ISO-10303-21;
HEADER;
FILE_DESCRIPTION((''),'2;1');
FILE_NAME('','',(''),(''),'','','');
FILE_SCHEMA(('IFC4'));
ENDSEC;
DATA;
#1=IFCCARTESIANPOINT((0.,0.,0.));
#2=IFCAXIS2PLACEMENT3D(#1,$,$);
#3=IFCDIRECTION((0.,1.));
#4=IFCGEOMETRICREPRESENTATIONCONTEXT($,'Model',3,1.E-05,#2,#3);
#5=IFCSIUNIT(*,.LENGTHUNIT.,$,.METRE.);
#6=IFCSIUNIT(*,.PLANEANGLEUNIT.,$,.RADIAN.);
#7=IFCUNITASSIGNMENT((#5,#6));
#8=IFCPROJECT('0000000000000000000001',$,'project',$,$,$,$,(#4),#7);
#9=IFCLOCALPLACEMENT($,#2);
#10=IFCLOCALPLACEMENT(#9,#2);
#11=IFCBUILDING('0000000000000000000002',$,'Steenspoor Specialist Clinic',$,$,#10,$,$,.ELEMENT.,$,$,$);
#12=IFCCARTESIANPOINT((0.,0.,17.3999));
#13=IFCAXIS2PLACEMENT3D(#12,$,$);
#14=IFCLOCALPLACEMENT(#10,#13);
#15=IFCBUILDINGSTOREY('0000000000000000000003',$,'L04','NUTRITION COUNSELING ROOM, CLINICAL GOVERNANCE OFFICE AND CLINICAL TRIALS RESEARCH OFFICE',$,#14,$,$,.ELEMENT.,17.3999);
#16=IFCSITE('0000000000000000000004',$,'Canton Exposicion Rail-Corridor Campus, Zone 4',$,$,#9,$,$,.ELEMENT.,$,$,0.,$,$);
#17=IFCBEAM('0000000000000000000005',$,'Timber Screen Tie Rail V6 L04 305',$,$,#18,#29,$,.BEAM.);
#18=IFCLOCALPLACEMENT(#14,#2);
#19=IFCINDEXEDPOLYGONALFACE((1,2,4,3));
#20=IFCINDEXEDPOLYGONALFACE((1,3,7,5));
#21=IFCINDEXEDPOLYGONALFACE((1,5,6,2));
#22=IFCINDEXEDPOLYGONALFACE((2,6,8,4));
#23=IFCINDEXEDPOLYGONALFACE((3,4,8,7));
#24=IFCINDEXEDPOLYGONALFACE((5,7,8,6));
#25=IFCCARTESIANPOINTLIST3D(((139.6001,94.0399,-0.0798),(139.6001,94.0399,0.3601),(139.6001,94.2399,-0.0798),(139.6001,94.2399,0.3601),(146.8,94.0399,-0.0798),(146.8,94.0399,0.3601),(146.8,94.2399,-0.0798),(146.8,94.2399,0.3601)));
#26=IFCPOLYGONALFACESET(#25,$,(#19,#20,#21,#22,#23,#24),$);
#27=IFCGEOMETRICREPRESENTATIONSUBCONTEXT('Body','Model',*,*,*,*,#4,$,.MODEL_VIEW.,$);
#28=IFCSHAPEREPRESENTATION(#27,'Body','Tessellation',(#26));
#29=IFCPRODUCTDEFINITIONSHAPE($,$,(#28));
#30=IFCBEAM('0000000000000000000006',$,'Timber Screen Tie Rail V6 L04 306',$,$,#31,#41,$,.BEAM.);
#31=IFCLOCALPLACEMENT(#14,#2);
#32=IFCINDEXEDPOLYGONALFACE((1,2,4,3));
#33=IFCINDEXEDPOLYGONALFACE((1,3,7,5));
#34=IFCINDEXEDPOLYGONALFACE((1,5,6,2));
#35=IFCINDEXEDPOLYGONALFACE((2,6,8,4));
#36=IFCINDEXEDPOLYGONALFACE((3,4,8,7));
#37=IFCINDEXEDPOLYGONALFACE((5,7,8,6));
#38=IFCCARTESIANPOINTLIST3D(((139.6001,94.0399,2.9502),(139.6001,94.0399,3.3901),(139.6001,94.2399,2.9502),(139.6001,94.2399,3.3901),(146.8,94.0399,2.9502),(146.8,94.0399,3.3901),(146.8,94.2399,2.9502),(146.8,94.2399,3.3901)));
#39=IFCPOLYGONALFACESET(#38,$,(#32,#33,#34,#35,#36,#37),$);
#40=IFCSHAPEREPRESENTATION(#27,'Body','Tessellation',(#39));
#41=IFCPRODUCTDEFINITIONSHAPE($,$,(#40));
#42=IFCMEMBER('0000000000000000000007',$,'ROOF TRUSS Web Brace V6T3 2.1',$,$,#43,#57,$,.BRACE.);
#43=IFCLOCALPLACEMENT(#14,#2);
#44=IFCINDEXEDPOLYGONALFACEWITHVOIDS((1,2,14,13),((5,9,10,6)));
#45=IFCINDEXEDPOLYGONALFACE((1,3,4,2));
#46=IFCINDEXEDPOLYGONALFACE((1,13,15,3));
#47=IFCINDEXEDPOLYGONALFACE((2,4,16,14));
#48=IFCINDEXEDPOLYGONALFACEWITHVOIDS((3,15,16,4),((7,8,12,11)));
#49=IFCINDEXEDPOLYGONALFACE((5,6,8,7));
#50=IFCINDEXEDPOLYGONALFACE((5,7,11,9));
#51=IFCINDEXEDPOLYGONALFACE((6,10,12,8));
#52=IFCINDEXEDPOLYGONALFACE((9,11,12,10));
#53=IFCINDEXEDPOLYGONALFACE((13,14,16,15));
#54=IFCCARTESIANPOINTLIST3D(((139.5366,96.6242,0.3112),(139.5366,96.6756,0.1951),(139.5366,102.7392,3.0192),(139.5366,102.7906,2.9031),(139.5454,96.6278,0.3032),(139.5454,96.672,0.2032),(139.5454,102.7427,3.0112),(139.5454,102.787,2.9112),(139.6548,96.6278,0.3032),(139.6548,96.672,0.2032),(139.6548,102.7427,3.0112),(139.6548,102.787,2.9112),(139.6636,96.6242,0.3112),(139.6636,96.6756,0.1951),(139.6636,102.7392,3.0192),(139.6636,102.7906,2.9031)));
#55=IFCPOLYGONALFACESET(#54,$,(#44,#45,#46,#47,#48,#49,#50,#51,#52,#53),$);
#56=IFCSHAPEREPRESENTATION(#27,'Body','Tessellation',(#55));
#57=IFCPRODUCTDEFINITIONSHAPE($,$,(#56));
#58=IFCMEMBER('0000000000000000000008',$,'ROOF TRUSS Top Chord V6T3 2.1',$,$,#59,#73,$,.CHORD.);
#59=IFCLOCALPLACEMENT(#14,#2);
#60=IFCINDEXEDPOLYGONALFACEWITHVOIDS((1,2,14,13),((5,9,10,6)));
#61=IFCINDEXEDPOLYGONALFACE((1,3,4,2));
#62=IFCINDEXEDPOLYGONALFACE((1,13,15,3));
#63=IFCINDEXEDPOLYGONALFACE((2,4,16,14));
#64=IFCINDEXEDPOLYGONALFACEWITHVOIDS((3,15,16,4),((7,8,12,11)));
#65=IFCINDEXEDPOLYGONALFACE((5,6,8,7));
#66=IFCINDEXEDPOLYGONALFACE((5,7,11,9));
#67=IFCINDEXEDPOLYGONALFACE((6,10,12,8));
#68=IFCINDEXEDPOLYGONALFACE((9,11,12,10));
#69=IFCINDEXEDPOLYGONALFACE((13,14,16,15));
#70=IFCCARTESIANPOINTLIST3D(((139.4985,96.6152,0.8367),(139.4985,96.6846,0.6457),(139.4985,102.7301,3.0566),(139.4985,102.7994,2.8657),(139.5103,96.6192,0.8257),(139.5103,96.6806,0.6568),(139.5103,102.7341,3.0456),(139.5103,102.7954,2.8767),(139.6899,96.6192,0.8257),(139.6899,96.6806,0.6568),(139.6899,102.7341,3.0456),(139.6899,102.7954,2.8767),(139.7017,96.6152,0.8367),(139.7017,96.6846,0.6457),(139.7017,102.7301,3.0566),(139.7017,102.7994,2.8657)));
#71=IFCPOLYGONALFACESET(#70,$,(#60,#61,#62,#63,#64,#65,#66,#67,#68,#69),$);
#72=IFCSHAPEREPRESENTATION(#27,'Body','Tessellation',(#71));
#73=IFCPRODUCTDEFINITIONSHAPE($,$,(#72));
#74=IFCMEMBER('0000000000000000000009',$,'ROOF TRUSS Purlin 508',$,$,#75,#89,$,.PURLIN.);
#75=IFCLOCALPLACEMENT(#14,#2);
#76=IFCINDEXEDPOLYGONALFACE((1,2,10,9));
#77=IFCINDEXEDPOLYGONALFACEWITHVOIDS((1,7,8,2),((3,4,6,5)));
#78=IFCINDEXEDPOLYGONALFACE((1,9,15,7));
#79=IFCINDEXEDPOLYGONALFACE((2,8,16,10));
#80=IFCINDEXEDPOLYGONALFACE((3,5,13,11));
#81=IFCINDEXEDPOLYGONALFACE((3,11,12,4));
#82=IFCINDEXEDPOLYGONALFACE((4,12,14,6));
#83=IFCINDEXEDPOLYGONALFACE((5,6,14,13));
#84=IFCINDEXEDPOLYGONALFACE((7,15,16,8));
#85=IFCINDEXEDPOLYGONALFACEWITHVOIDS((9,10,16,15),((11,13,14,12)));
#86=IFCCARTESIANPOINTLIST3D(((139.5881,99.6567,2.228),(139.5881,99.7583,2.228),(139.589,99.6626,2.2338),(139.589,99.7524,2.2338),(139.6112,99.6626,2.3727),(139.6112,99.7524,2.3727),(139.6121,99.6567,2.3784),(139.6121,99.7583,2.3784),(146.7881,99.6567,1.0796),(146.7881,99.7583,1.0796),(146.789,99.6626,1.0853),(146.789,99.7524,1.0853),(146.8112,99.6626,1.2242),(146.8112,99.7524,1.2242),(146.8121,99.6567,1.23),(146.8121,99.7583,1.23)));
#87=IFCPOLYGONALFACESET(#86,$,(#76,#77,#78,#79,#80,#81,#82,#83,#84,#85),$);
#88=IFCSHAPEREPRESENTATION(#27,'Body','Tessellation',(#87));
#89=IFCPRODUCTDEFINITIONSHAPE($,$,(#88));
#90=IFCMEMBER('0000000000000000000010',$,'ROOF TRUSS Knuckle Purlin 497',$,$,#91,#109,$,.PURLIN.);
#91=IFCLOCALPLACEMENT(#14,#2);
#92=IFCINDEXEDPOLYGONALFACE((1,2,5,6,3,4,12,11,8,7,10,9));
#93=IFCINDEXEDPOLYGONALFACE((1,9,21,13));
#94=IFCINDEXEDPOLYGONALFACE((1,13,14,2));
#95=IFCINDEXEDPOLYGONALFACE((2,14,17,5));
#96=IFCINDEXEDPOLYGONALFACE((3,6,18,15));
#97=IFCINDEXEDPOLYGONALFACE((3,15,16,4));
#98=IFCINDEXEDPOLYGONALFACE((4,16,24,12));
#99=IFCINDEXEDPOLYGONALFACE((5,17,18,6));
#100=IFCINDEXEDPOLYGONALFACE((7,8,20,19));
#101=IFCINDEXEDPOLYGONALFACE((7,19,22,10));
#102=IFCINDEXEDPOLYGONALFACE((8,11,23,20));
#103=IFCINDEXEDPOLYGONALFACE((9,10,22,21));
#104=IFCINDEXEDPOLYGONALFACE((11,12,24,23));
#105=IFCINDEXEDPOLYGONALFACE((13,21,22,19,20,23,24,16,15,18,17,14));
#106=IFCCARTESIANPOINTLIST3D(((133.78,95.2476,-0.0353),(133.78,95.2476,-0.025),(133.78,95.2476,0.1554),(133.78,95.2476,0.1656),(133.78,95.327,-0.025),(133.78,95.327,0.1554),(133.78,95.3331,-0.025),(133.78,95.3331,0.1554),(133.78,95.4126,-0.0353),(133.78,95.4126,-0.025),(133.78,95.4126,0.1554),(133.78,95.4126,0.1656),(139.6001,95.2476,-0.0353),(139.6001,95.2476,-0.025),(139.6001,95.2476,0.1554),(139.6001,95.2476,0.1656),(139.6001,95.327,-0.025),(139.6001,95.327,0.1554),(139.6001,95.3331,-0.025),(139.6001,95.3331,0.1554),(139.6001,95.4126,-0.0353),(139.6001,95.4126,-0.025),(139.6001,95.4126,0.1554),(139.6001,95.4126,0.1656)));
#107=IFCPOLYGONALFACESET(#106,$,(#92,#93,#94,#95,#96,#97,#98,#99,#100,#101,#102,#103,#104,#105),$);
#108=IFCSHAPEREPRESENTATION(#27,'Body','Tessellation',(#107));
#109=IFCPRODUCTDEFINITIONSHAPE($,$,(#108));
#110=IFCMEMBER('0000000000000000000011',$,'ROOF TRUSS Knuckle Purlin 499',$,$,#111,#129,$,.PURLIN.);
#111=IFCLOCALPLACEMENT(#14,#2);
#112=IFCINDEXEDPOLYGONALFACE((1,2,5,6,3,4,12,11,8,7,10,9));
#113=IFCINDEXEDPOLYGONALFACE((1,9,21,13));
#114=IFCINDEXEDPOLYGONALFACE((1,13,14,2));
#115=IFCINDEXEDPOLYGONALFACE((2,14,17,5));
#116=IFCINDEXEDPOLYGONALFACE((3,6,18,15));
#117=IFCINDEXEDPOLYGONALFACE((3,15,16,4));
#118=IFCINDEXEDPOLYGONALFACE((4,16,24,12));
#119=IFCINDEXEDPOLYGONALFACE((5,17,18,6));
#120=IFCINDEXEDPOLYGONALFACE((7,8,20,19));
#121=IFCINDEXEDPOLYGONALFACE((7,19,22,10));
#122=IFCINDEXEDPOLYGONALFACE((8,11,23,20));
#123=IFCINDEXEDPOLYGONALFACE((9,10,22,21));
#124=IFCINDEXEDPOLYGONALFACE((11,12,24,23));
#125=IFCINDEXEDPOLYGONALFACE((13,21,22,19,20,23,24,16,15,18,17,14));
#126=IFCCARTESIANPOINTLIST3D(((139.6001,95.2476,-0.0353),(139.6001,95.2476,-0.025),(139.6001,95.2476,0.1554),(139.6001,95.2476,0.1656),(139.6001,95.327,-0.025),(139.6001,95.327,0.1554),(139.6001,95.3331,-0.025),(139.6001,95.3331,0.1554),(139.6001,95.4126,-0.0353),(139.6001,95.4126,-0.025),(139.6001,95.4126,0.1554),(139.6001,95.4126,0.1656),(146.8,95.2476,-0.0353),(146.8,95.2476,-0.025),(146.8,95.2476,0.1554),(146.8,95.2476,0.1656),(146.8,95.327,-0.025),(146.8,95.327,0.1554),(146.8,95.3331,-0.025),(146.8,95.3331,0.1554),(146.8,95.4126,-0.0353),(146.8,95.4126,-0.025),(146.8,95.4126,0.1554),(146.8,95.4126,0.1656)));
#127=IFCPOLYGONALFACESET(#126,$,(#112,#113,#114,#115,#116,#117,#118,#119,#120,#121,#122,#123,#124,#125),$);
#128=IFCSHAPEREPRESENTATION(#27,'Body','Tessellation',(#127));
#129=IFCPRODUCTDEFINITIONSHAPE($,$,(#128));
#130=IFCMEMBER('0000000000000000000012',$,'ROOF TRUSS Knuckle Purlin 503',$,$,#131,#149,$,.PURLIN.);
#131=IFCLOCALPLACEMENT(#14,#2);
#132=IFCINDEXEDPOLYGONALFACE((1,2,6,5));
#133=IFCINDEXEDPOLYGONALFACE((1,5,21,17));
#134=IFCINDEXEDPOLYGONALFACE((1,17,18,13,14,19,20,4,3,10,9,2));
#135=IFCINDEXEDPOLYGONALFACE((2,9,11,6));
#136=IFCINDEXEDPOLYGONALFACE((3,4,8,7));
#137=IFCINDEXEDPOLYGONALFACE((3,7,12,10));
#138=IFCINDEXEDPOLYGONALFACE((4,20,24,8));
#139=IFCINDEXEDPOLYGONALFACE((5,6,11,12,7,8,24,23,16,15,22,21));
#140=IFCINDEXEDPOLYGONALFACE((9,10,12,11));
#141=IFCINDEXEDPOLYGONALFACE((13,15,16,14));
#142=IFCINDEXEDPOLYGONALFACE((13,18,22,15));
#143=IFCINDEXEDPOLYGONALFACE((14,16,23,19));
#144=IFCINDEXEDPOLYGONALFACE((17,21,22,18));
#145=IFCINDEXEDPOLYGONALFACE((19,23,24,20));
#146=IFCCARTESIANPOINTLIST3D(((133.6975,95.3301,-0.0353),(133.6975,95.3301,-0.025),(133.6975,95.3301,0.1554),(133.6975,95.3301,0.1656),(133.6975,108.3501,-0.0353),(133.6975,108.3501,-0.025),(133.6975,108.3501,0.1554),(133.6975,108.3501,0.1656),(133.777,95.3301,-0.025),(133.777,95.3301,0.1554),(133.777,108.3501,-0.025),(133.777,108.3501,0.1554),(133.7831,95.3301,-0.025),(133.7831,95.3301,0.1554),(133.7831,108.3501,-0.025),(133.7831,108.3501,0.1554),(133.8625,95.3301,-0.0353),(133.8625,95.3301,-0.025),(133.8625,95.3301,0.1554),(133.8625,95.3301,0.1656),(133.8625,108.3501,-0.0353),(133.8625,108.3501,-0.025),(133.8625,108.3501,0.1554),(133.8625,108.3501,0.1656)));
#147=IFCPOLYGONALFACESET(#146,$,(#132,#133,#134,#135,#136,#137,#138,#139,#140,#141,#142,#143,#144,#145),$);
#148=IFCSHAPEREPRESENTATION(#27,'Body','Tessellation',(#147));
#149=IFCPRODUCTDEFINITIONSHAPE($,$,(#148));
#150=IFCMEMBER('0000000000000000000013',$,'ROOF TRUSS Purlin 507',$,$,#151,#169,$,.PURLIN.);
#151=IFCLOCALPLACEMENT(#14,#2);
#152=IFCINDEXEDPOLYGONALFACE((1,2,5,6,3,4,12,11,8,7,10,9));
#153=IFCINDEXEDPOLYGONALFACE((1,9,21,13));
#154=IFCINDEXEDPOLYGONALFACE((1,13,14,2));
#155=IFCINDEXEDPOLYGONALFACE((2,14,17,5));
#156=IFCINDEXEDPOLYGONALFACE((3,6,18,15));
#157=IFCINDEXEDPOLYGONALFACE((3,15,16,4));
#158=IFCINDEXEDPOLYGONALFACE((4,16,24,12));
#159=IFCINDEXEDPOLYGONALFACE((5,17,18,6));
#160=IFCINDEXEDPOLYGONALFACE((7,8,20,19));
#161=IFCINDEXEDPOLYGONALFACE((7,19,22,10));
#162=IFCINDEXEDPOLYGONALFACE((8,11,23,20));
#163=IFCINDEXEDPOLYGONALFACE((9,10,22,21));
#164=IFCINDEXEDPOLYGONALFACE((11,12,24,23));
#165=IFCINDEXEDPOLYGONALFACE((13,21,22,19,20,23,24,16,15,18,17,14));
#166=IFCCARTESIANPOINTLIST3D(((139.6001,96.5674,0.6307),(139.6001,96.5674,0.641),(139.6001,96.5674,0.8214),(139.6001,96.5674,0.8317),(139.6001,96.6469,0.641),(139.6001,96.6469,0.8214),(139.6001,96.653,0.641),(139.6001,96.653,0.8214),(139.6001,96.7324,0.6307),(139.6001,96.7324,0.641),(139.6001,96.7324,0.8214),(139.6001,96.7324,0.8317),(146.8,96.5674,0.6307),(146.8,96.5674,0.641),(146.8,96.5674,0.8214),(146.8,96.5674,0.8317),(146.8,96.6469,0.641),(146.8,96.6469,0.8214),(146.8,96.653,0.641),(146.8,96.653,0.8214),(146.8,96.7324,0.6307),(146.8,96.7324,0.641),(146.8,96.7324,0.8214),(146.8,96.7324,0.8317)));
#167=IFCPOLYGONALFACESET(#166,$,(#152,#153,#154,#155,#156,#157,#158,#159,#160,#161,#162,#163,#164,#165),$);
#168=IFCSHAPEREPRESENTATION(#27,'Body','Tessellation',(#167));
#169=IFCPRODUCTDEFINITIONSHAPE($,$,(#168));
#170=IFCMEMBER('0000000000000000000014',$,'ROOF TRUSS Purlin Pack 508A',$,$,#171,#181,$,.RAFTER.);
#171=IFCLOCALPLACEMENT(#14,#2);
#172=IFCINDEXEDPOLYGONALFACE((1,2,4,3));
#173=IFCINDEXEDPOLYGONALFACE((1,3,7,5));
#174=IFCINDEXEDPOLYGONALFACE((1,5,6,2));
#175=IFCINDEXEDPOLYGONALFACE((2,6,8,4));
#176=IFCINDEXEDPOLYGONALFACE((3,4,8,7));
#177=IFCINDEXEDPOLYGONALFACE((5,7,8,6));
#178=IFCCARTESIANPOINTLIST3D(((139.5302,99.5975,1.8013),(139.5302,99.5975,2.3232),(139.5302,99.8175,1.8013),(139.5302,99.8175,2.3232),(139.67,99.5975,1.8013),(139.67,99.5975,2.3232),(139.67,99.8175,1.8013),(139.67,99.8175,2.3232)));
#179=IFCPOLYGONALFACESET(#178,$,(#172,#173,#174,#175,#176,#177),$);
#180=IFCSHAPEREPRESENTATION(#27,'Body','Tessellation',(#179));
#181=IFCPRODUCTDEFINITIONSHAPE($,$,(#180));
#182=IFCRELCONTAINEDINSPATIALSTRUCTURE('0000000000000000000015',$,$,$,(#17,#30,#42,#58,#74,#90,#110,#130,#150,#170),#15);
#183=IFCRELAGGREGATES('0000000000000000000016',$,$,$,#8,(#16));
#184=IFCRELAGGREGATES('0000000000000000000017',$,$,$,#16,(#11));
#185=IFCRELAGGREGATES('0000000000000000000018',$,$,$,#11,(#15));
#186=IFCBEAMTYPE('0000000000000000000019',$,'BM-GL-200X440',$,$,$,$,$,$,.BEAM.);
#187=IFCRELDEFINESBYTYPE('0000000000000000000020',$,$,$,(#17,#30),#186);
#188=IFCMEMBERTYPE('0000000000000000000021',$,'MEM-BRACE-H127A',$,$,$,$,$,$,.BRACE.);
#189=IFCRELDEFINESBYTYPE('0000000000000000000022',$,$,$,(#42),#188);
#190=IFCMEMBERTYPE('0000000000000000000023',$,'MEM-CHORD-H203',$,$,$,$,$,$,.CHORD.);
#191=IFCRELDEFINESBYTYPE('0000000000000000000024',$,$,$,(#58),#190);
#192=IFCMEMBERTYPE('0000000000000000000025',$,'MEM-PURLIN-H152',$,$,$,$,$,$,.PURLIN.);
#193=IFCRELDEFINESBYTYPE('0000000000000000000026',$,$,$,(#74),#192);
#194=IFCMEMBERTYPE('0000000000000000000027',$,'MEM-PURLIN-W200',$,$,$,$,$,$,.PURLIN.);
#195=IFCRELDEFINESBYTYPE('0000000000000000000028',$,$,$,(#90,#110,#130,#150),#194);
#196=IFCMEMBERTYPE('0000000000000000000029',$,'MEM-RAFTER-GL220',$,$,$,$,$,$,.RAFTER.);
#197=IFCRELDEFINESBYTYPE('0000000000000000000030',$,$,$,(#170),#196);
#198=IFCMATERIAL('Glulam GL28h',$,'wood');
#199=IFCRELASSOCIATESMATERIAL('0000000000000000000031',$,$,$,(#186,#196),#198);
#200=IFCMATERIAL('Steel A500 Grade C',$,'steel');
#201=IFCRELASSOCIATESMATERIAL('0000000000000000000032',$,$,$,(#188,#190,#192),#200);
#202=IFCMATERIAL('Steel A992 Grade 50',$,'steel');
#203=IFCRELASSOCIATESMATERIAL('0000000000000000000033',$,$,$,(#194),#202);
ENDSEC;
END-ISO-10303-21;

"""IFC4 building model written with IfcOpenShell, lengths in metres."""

from ifc_helpers import new_model, si_unit, direction, frame, origin, origin_2d, place, context, subcontext, project, spatial, rectangle, hollow_rectangle, i_section, extrude, material, material_profile, profile_set, type_object, element, save


model = new_model("IFC4")

# Units and contexts
model_context = context("Model", 3, precision=1e-05, world=origin(), true_north=direction((0.0, 1.0)))
body_context = subcontext(model_context, "Body", "Model", "MODEL_VIEW")
ifc_project = project(units=[si_unit("LENGTHUNIT", "METRE"), si_unit("PLANEANGLEUNIT", "RADIAN")], contexts=[model_context])

# Site, building, storey
site_placement = place(None, origin())
site = spatial("IfcSite", under=ifc_project, at=site_placement, Name="Canton Exposicion Rail-Corridor Campus, Zone 4", CompositionType="ELEMENT", RefElevation=0.0)
building_placement = place(site_placement, origin())
building = spatial("IfcBuilding", under=site, at=building_placement, Name="Steenspoor Specialist Clinic", CompositionType="ELEMENT")
storey_placement = place(building_placement, frame((0.0, 0.0, 17.3999)))
storey = spatial("IfcBuildingStorey", under=building, at=storey_placement, Name="L04", Description="NUTRITION COUNSELING ROOM, CLINICAL GOVERNANCE OFFICE AND CLINICAL TRIALS RESEARCH OFFICE", CompositionType="ELEMENT", Elevation=17.3999)

# Beams
ifc_material_1 = material(Name="Glulam GL28h", Category="wood")
ifc_material_profile_1 = material_profile(ifc_material_1, rectangle(XDim=0.2, YDim=0.4399, at=origin_2d()), Name="GL28H-200X440")
ifc_profile_set_1 = profile_set([ifc_material_profile_1], Name="Glulam GL28h")
beam_type = type_object("IfcBeamType", Name="BM-GL-200X440", PredefinedType="BEAM", material=ifc_profile_set_1)
for number, where, z_axis, x_axis, name in (
    (1, (139.6001, 94.1399, 0.1401), (1.0, 0.0, 0.0), (0.0, 1.0, 0.0), "Timber Screen Tie Rail V6 L04 305"),
    (2, (139.6001, 94.1399, 3.1702), (1.0, 0.0, 0.0), (0.0, 1.0, 0.0), "Timber Screen Tie Rail V6 L04 306"),
):
    element("IfcBeam", number, at=place(storey_placement, frame(where, z_axis=z_axis, x_axis=x_axis)), inside=storey, type_object=beam_type, Name=name, PredefinedType="BEAM", context=body_context, shape_type="SweptSolid", body=[
        extrude(rectangle(XDim=0.2, YDim=0.4399, at=origin_2d()), origin(), (0.0, 0.0, 1.0), 7.2),
    ])

# Members
ifc_material_2 = material(Name="Steel A500 Grade C", Category="steel")
ifc_material_profile_2 = material_profile(ifc_material_2, hollow_rectangle(XDim=0.127, YDim=0.127, WallThickness=0.0088, at=origin_2d()), Name="HSS127X127X9.5")
ifc_profile_set_2 = profile_set([ifc_material_profile_2], Name="Steel A500 Grade C")
member_type_1 = type_object("IfcMemberType", Name="MEM-BRACE-H127A", PredefinedType="BRACE", material=ifc_profile_set_2)
member_1_placement = place(storey_placement, frame((139.6001, 96.6499, 0.2532), z_axis=(0.0, 0.914353, 0.404919), x_axis=(-1.0, 0.0, 0.0)))
element("IfcMember", 3, at=member_1_placement, inside=storey, type_object=member_type_1, Name="ROOF TRUSS Web Brace V6T3 2.1", PredefinedType="BRACE", context=body_context, shape_type="SweptSolid", body=[
    extrude(hollow_rectangle(XDim=0.127, YDim=0.127, WallThickness=0.0088, at=origin_2d()), origin(), (0.0, 0.0, 1.0), 6.6877),
])
ifc_material_profile_3 = material_profile(ifc_material_2, hollow_rectangle(XDim=0.2031, YDim=0.2031, WallThickness=0.0117, at=origin_2d()), Name="HSS203X203X12.7")
ifc_profile_set_3 = profile_set([ifc_material_profile_3], Name="Steel A500 Grade C")
member_type_2 = type_object("IfcMemberType", Name="MEM-CHORD-H203", PredefinedType="CHORD", material=ifc_profile_set_3)
member_2_placement = place(storey_placement, frame((139.6001, 96.6499, 0.7412), z_axis=(0.0, 0.939974, 0.341246), x_axis=(-1.0, 0.0, 0.0)))
element("IfcMember", 4, at=member_2_placement, inside=storey, type_object=member_type_2, Name="ROOF TRUSS Top Chord V6T3 2.1", PredefinedType="CHORD", context=body_context, shape_type="SweptSolid", body=[
    extrude(hollow_rectangle(XDim=0.2031, YDim=0.2031, WallThickness=0.0117, at=origin_2d()), origin(), (0.0, 0.0, 1.0), 6.5054),
])
ifc_material_profile_4 = material_profile(ifc_material_2, hollow_rectangle(XDim=0.1016, YDim=0.1523, WallThickness=0.0059, at=origin_2d()), Name="HSS152X102X6.4")
ifc_profile_set_4 = profile_set([ifc_material_profile_4], Name="Steel A500 Grade C")
member_type_3 = type_object("IfcMemberType", Name="MEM-PURLIN-H152", PredefinedType="PURLIN", material=ifc_profile_set_4)
member_3_placement = place(storey_placement, frame((139.6001, 99.7075, 2.3032), z_axis=(0.987517, 0.0, -0.157515), x_axis=(0.0, 1.0, 0.0)))
element("IfcMember", 5, at=member_3_placement, inside=storey, type_object=member_type_3, Name="ROOF TRUSS Purlin 508", PredefinedType="PURLIN", context=body_context, shape_type="SweptSolid", body=[
    extrude(hollow_rectangle(XDim=0.1016, YDim=0.1523, WallThickness=0.0059, at=origin_2d()), origin(), (0.0, 0.0, 1.0), 7.291),
])
ifc_material_3 = material(Name="Steel A992 Grade 50", Category="steel")
ifc_material_profile_5 = material_profile(ifc_material_3, i_section(OverallWidth=0.165, OverallDepth=0.2009, WebThickness=0.0061, FlangeThickness=0.0103, at=origin_2d()), Name="W200X36")
ifc_profile_set_5 = profile_set([ifc_material_profile_5], Name="Steel A992 Grade 50")
member_type_4 = type_object("IfcMemberType", Name="MEM-PURLIN-W200", PredefinedType="PURLIN", material=ifc_profile_set_5)
member_4_placement = place(storey_placement, frame((133.78, 95.3301, 0.0652), z_axis=(1.0, 0.0, 0.0), x_axis=(0.0, 1.0, 0.0)))
element("IfcMember", 6, at=member_4_placement, inside=storey, type_object=member_type_4, Name="ROOF TRUSS Knuckle Purlin 497", PredefinedType="PURLIN", context=body_context, shape_type="SweptSolid", body=[
    extrude(i_section(OverallWidth=0.165, OverallDepth=0.2009, WebThickness=0.0061, FlangeThickness=0.0103, at=origin_2d()), origin(), (0.0, 0.0, 1.0), 5.8201),
])
member_5_placement = place(storey_placement, frame((139.6001, 95.3301, 0.0652), z_axis=(1.0, 0.0, 0.0), x_axis=(0.0, 1.0, 0.0)))
element("IfcMember", 7, at=member_5_placement, inside=storey, type_object=member_type_4, Name="ROOF TRUSS Knuckle Purlin 499", PredefinedType="PURLIN", context=body_context, shape_type="SweptSolid", body=[
    extrude(i_section(OverallWidth=0.165, OverallDepth=0.2009, WebThickness=0.0061, FlangeThickness=0.0103, at=origin_2d()), origin(), (0.0, 0.0, 1.0), 7.2),
])
member_6_placement = place(storey_placement, frame((133.78, 95.3301, 0.0652), z_axis=(0.0, 1.0, 0.0), x_axis=(-1.0, 0.0, 0.0)))
element("IfcMember", 8, at=member_6_placement, inside=storey, type_object=member_type_4, Name="ROOF TRUSS Knuckle Purlin 503", PredefinedType="PURLIN", context=body_context, shape_type="SweptSolid", body=[
    extrude(i_section(OverallWidth=0.165, OverallDepth=0.2009, WebThickness=0.0061, FlangeThickness=0.0103, at=origin_2d()), origin(), (0.0, 0.0, 1.0), 13.02),
])
member_7_placement = place(storey_placement, frame((139.6001, 96.6499, 0.7312), z_axis=(1.0, 0.0, 0.0), x_axis=(0.0, 1.0, 0.0)))
element("IfcMember", 9, at=member_7_placement, inside=storey, type_object=member_type_4, Name="ROOF TRUSS Purlin 507", PredefinedType="PURLIN", context=body_context, shape_type="SweptSolid", body=[
    extrude(i_section(OverallWidth=0.165, OverallDepth=0.2009, WebThickness=0.0061, FlangeThickness=0.0103, at=origin_2d()), origin(), (0.0, 0.0, 1.0), 7.2),
])
ifc_material_profile_6 = material_profile(ifc_material_1, rectangle(XDim=0.1399, YDim=0.22, at=origin_2d()), Name="GL28H-140X220")
ifc_profile_set_6 = profile_set([ifc_material_profile_6], Name="Glulam GL28h")
member_type_5 = type_object("IfcMemberType", Name="MEM-RAFTER-GL220", PredefinedType="RAFTER", material=ifc_profile_set_6)
member_8_placement = place(storey_placement, frame((139.6001, 99.7075, 1.8013), z_axis=(0.0, 0.0, 1.0), x_axis=(1.0, 0.0, 0.0)))
element("IfcMember", 10, at=member_8_placement, inside=storey, type_object=member_type_5, Name="ROOF TRUSS Purlin Pack 508A", PredefinedType="RAFTER", context=body_context, shape_type="SweptSolid", body=[
    extrude(rectangle(XDim=0.1399, YDim=0.22, at=origin_2d()), origin(), (0.0, 0.0, 1.0), 0.522),
])

save(model, "model.ifc")
